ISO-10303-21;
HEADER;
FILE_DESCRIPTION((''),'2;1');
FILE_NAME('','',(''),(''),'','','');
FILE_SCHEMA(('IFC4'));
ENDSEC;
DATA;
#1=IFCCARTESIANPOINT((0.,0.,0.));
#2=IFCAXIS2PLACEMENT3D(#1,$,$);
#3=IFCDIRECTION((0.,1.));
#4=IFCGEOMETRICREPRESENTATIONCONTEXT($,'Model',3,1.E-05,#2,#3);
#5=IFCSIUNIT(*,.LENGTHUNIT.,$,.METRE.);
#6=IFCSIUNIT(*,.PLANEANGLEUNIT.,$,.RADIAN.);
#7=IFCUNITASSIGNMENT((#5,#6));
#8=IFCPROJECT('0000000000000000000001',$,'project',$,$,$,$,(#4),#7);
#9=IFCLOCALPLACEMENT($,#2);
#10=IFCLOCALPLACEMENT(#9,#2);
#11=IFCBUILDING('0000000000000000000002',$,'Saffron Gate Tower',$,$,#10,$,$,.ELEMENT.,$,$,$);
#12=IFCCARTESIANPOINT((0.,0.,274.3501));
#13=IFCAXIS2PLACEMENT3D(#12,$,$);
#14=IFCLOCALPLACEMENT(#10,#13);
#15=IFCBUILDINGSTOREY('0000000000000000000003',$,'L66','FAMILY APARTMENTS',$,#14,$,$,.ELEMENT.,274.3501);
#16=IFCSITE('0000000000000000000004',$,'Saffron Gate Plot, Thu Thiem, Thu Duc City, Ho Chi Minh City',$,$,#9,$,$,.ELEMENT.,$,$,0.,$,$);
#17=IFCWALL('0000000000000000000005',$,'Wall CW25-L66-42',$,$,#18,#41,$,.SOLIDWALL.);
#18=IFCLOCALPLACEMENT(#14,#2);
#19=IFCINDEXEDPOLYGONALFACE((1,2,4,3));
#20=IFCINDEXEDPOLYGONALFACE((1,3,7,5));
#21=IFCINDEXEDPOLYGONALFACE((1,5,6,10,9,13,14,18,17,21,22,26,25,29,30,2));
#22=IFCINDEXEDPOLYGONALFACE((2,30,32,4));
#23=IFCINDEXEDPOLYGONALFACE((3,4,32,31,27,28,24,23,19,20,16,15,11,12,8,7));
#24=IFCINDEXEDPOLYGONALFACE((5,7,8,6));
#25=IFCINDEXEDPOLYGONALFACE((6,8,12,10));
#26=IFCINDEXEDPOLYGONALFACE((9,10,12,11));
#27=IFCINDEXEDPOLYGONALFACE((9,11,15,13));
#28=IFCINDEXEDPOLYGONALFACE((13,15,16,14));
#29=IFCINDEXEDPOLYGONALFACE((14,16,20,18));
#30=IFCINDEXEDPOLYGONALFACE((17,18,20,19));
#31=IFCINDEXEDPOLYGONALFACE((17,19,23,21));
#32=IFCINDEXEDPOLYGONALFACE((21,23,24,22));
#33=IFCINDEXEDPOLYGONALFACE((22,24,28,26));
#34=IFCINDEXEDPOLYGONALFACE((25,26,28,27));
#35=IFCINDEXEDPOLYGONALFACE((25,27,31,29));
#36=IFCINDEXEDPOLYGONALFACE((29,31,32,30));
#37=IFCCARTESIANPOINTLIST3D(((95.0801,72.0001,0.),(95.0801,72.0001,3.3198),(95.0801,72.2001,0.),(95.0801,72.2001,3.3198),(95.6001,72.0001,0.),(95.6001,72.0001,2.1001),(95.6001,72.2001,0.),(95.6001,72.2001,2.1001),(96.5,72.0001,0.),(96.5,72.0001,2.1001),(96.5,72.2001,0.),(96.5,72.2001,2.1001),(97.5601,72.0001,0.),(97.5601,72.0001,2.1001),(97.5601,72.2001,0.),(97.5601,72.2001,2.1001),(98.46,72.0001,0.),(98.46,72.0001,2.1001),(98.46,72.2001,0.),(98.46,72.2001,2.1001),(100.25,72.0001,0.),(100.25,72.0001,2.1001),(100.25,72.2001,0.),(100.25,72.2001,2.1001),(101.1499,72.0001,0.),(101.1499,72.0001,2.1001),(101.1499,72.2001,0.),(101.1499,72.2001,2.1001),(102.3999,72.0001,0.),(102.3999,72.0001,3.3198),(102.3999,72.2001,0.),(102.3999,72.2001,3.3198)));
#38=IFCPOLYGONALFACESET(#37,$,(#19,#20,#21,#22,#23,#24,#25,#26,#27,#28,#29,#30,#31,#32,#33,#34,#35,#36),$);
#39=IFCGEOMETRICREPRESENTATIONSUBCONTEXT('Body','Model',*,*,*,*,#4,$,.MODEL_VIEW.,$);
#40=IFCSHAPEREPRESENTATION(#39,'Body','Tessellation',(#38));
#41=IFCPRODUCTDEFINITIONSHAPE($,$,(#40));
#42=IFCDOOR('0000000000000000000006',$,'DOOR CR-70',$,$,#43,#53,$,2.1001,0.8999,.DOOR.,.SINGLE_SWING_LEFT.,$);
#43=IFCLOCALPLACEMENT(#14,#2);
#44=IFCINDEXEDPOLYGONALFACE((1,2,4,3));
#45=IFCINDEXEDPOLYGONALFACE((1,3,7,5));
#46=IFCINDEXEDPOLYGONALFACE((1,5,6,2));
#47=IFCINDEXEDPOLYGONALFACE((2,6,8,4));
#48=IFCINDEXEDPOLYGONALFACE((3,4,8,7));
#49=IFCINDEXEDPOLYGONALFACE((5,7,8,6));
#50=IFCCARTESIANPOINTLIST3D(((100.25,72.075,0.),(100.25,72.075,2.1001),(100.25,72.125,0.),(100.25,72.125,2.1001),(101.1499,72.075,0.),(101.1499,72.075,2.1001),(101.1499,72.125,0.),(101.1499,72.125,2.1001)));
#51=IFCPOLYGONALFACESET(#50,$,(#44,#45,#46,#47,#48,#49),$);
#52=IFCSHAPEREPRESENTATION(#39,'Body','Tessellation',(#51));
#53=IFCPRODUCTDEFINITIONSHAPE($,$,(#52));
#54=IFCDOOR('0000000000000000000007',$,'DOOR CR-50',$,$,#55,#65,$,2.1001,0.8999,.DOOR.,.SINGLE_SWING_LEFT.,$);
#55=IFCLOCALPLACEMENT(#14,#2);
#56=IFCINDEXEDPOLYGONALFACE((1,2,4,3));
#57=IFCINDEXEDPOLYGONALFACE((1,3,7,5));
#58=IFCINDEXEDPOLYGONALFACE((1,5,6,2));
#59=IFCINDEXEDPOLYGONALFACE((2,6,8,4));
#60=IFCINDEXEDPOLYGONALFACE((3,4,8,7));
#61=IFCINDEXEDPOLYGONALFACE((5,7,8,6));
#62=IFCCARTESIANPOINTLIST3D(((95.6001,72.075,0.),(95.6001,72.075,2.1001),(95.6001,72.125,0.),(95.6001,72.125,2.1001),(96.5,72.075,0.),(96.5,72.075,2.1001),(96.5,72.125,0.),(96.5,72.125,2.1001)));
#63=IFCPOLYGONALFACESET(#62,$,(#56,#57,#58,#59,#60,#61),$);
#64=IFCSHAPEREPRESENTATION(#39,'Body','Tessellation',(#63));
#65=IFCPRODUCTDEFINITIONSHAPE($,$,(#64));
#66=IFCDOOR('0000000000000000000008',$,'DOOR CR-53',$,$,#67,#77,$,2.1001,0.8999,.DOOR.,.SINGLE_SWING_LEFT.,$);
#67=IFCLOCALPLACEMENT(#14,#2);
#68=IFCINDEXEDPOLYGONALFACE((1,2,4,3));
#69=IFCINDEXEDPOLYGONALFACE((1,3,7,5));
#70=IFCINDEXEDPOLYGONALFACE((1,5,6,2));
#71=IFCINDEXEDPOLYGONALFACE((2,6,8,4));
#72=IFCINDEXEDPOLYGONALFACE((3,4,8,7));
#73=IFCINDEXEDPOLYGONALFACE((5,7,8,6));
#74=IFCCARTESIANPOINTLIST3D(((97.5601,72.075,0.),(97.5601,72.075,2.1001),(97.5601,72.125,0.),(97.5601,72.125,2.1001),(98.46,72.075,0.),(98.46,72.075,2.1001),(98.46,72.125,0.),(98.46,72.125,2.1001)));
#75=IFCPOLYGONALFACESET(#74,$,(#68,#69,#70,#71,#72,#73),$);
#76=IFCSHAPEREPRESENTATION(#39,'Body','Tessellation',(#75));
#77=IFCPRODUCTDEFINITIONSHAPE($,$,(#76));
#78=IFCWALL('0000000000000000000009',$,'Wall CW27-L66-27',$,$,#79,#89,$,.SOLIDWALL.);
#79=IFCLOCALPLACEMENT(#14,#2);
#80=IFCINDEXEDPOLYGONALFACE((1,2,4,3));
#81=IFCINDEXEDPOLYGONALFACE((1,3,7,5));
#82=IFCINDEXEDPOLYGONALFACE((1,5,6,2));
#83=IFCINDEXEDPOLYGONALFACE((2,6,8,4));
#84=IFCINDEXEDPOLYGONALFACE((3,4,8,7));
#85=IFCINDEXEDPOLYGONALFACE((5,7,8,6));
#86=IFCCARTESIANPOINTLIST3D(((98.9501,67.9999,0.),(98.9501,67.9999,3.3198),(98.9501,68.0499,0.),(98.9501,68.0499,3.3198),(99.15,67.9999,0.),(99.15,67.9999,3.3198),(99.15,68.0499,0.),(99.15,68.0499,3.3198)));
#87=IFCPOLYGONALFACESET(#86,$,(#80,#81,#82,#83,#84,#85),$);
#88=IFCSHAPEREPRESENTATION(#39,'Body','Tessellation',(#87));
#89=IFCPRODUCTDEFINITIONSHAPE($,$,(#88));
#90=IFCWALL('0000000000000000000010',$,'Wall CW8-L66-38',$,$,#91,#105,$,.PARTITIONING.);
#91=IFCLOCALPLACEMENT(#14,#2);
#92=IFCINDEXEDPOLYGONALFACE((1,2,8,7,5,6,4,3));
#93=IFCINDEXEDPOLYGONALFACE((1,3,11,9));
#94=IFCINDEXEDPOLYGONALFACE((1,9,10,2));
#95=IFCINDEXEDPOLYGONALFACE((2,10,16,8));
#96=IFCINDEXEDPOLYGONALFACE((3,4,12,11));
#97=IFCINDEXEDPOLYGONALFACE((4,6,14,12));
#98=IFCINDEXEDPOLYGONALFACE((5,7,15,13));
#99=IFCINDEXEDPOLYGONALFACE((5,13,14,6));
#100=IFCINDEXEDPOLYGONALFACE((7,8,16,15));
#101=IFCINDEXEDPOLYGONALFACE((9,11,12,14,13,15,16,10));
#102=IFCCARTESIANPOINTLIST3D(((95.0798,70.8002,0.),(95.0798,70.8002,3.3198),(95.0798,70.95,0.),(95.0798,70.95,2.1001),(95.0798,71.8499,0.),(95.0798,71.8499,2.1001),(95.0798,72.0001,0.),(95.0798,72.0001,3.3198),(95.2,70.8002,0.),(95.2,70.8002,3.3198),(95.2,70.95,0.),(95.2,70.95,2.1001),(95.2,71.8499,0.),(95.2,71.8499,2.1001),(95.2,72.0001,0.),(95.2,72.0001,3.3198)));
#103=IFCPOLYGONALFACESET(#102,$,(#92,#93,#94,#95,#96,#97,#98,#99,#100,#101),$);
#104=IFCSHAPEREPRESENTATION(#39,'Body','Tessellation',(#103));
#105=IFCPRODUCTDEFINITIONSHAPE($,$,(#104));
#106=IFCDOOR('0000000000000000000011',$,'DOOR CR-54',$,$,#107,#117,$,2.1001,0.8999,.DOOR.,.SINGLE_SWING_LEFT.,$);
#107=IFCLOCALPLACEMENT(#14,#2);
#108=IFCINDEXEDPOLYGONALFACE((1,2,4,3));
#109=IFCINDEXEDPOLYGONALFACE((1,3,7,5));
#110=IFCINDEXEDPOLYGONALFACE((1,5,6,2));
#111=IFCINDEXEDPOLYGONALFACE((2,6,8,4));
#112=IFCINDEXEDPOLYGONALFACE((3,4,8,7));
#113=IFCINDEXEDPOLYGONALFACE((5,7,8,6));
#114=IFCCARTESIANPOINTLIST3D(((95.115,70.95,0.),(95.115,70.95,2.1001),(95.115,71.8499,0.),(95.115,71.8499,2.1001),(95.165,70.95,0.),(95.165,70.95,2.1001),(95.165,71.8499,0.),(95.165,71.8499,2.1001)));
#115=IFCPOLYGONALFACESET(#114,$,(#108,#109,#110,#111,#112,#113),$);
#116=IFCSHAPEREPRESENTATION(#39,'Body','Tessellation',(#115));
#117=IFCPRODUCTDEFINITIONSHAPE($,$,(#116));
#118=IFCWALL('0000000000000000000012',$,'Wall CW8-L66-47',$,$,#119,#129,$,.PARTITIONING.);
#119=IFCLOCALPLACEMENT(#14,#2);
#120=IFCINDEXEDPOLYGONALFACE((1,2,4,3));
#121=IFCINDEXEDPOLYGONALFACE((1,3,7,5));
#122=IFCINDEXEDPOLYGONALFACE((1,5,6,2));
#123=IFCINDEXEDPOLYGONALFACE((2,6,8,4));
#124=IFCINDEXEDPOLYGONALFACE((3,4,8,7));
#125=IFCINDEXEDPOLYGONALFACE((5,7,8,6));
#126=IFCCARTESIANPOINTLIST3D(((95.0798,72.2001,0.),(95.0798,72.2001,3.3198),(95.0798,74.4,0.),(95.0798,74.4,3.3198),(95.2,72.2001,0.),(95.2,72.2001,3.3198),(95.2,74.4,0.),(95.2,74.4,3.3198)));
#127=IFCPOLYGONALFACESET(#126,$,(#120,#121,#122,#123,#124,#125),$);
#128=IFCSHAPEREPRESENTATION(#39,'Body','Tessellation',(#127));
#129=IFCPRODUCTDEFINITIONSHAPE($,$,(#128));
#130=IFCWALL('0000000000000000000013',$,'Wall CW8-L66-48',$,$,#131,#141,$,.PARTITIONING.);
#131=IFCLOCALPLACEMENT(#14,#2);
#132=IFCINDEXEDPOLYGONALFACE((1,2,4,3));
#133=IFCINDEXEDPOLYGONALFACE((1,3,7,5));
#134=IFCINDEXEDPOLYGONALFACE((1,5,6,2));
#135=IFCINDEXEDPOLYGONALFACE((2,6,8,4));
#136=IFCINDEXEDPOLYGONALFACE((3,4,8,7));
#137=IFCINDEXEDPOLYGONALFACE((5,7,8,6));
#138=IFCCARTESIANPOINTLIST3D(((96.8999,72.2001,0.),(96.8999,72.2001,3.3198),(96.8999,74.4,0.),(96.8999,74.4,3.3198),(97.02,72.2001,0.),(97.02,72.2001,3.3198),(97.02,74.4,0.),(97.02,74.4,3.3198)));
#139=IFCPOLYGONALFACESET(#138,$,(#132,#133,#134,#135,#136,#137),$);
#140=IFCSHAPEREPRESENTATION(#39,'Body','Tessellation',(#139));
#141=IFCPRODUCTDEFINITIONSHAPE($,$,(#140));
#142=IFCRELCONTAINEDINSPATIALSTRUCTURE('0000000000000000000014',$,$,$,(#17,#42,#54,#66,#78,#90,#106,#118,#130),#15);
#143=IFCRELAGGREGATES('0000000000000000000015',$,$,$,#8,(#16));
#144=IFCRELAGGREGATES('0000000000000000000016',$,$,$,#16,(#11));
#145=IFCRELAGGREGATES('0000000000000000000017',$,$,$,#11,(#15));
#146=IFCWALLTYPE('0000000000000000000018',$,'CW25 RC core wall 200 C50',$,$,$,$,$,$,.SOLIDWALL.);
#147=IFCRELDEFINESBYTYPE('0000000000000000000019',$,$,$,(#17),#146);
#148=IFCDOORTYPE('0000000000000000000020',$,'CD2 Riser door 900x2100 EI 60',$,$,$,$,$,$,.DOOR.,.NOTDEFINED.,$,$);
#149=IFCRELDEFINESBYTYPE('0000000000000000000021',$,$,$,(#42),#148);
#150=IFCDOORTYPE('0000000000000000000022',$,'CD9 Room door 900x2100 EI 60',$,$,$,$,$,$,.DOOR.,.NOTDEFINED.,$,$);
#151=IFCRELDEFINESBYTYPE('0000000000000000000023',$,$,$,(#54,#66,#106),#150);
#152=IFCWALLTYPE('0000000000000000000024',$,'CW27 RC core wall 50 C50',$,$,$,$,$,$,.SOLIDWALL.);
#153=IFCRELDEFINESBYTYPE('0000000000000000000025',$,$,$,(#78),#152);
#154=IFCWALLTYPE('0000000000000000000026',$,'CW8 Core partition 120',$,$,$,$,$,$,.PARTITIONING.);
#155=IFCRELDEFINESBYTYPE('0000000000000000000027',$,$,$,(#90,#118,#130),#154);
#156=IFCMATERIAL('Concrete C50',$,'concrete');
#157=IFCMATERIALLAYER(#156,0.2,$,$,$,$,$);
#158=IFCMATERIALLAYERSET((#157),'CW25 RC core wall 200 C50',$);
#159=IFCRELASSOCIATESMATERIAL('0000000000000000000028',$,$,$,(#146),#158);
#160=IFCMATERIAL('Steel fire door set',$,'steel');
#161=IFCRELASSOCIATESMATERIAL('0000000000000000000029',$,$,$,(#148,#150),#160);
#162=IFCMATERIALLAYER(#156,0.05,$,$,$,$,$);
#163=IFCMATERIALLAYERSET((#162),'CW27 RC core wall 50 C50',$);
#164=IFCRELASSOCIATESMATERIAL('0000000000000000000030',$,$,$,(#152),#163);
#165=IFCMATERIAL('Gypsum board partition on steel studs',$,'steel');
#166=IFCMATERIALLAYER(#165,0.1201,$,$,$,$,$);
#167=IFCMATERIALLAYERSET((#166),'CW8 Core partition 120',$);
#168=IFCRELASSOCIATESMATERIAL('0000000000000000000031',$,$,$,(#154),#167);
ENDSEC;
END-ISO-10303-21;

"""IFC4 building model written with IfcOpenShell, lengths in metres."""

from ifc_helpers import new_model, si_unit, direction, frame, frame_2d, origin, place, context, subcontext, project, spatial, rectangle, extrude, material, layer, layer_set, type_object, element, fill, save


model = new_model("IFC4")

# Units and contexts
model_context = context("Model", 3, precision=1e-05, world=origin(), true_north=direction((0.0, 1.0)))
body_context = subcontext(model_context, "Body", "Model", "MODEL_VIEW")
ifc_project = project(units=[si_unit("LENGTHUNIT", "METRE"), si_unit("PLANEANGLEUNIT", "RADIAN")], contexts=[model_context])

# Site, building, storey
site_placement = place(None, origin())
site = spatial("IfcSite", under=ifc_project, at=site_placement, Name="Saffron Gate Plot, Thu Thiem, Thu Duc City, Ho Chi Minh City", CompositionType="ELEMENT", RefElevation=0.0)
building_placement = place(site_placement, origin())
building = spatial("IfcBuilding", under=site, at=building_placement, Name="Saffron Gate Tower", CompositionType="ELEMENT")
storey_placement = place(building_placement, frame((0.0, 0.0, 274.3501)))
storey = spatial("IfcBuildingStorey", under=building, at=storey_placement, Name="L66", Description="FAMILY APARTMENTS", CompositionType="ELEMENT", Elevation=274.3501)

# Shared definitions
ifc_material_1 = material(Name="Concrete C50", Category="concrete")

# Shared definitions
ifc_material_2 = material(Name="Steel fire door set", Category="steel")

# Shared definitions
ifc_layer_1 = layer(ifc_material_1, 0.2)
ifc_layer_set_1 = layer_set([ifc_layer_1], Name="CW25 RC core wall 200 C50")
wall_type_1 = type_object("IfcWallType", Name="CW25 RC core wall 200 C50", PredefinedType="SOLIDWALL", material=ifc_layer_set_1)

# Shared definitions
door_type_1 = type_object("IfcDoorType", Name="CD2 Riser door 900x2100 EI 60", OperationType="NOTDEFINED", PredefinedType="DOOR", material=ifc_material_2)

# Wall, openings, doors
wall_1_placement = place(storey_placement, frame((95.0801, 72.1001, 0.0), z_axis=(0.0, 0.0, 1.0), x_axis=(1.0, 0.0, 0.0)))
wall_1 = element("IfcWall", 1, at=wall_1_placement, inside=storey, type_object=wall_type_1, Name="Wall CW25-L66-42", PredefinedType="SOLIDWALL", context=body_context, shape_type="SweptSolid", body=[
    extrude(rectangle(XDim=7.3198, YDim=0.2, at=frame_2d((3.6599, 0.0))), origin(), (0.0, 0.0, 1.0), 3.3198),
])
opening_1_placement = place(wall_1_placement, frame((0.52, 0.0, 0.0)))
opening_1 = element("IfcOpeningElement", 2, at=opening_1_placement, cuts=wall_1, PredefinedType="OPENING", context=body_context, shape_type="SweptSolid", body=[
    extrude(rectangle(XDim=0.8999, YDim=2.1001, at=frame_2d((0.45, 1.05))), frame((0.0, 0.1099, 0.0), z_axis=(0.0, -1.0, 0.0), x_axis=(1.0, 0.0, 0.0)), (0.0, 0.0, 1.0), 0.22),
])
opening_2_placement = place(wall_1_placement, frame((2.48, 0.0, 0.0)))
opening_2 = element("IfcOpeningElement", 3, at=opening_2_placement, cuts=wall_1, PredefinedType="OPENING", context=body_context, shape_type="SweptSolid", body=[
    extrude(rectangle(XDim=0.8999, YDim=2.1001, at=frame_2d((0.45, 1.05))), frame((0.0, 0.1099, 0.0), z_axis=(0.0, -1.0, 0.0), x_axis=(1.0, 0.0, 0.0)), (0.0, 0.0, 1.0), 0.22),
])
opening_3_placement = place(wall_1_placement, frame((5.1699, 0.0, 0.0)))
opening_3 = element("IfcOpeningElement", 4, at=opening_3_placement, cuts=wall_1, PredefinedType="OPENING", context=body_context, shape_type="SweptSolid", body=[
    extrude(rectangle(XDim=0.8999, YDim=2.1001, at=frame_2d((0.45, 1.05))), frame((0.0, 0.1099, 0.0), z_axis=(0.0, -1.0, 0.0), x_axis=(1.0, 0.0, 0.0)), (0.0, 0.0, 1.0), 0.22),
])
door_1_placement = place(opening_3_placement, origin())
door_1 = element("IfcDoor", 5, at=door_1_placement, inside=storey, type_object=door_type_1, Name="DOOR CR-70", OperationType="SINGLE_SWING_LEFT", OverallHeight=2.1001, OverallWidth=0.8999, PredefinedType="DOOR", context=body_context, shape_type="SweptSolid", body=[
    extrude(rectangle(XDim=0.8999, YDim=2.1001, at=frame_2d((0.45, 1.05))), frame((0.0, 0.0249, 0.0), z_axis=(0.0, -1.0, 0.0), x_axis=(1.0, 0.0, 0.0)), (0.0, 0.0, 1.0), 0.05),
])
fill(opening_3, door_1)
door_type_2 = type_object("IfcDoorType", Name="CD9 Room door 900x2100 EI 60", OperationType="NOTDEFINED", PredefinedType="DOOR", material=ifc_material_2)
door_2_placement = place(opening_1_placement, origin())
door_2 = element("IfcDoor", 6, at=door_2_placement, inside=storey, type_object=door_type_2, Name="DOOR CR-50", OperationType="SINGLE_SWING_LEFT", OverallHeight=2.1001, OverallWidth=0.8999, PredefinedType="DOOR", context=body_context, shape_type="SweptSolid", body=[
    extrude(rectangle(XDim=0.8999, YDim=2.1001, at=frame_2d((0.45, 1.05))), frame((0.0, 0.0249, 0.0), z_axis=(0.0, -1.0, 0.0), x_axis=(1.0, 0.0, 0.0)), (0.0, 0.0, 1.0), 0.05),
])
fill(opening_1, door_2)
door_3_placement = place(opening_2_placement, origin())
door_3 = element("IfcDoor", 7, at=door_3_placement, inside=storey, type_object=door_type_2, Name="DOOR CR-53", OperationType="SINGLE_SWING_LEFT", OverallHeight=2.1001, OverallWidth=0.8999, PredefinedType="DOOR", context=body_context, shape_type="SweptSolid", body=[
    extrude(rectangle(XDim=0.8999, YDim=2.1001, at=frame_2d((0.45, 1.05))), frame((0.0, 0.0249, 0.0), z_axis=(0.0, -1.0, 0.0), x_axis=(1.0, 0.0, 0.0)), (0.0, 0.0, 1.0), 0.05),
])
fill(opening_2, door_3)

# Wall
ifc_layer_2 = layer(ifc_material_1, 0.05)
ifc_layer_set_2 = layer_set([ifc_layer_2], Name="CW27 RC core wall 50 C50")
wall_type_2 = type_object("IfcWallType", Name="CW27 RC core wall 50 C50", PredefinedType="SOLIDWALL", material=ifc_layer_set_2)
wall_2_placement = place(storey_placement, frame((98.95, 68.0249, 0.0), z_axis=(0.0, 0.0, 1.0), x_axis=(1.0, 0.0, 0.0)))
element("IfcWall", 8, at=wall_2_placement, inside=storey, type_object=wall_type_2, Name="Wall CW27-L66-27", PredefinedType="SOLIDWALL", context=body_context, shape_type="SweptSolid", body=[
    extrude(rectangle(XDim=0.2, YDim=0.05, at=frame_2d((0.1001, 0.0))), origin(), (0.0, 0.0, 1.0), 3.3198),
])

# Wall, opening, door
ifc_material_3 = material(Name="Gypsum board partition on steel studs", Category="steel")
ifc_layer_3 = layer(ifc_material_3, 0.1201)
ifc_layer_set_3 = layer_set([ifc_layer_3], Name="CW8 Core partition 120")
wall_type_3 = type_object("IfcWallType", Name="CW8 Core partition 120", PredefinedType="PARTITIONING", material=ifc_layer_set_3)
wall_3_placement = place(storey_placement, frame((95.1399, 70.8, 0.0), z_axis=(0.0, 0.0, 1.0), x_axis=(0.0, 1.0, 0.0)))
wall_3 = element("IfcWall", 9, at=wall_3_placement, inside=storey, type_object=wall_type_3, Name="Wall CW8-L66-38", PredefinedType="PARTITIONING", context=body_context, shape_type="SweptSolid", body=[
    extrude(rectangle(XDim=1.2, YDim=0.1201, at=frame_2d((0.6001, 0.0))), origin(), (0.0, 0.0, 1.0), 3.3198),
])
opening_4_placement = place(wall_3_placement, frame((0.1499, 0.0, 0.0)))
opening_4 = element("IfcOpeningElement", 10, at=opening_4_placement, cuts=wall_3, PredefinedType="OPENING", context=body_context, shape_type="SweptSolid", body=[
    extrude(rectangle(XDim=0.8999, YDim=2.1001, at=frame_2d((0.45, 1.05))), frame((0.0, 0.0701, 0.0), z_axis=(0.0, -1.0, 0.0), x_axis=(1.0, 0.0, 0.0)), (0.0, 0.0, 1.0), 0.1401),
])
door_4_placement = place(opening_4_placement, origin())
door_4 = element("IfcDoor", 11, at=door_4_placement, inside=storey, type_object=door_type_2, Name="DOOR CR-54", OperationType="SINGLE_SWING_LEFT", OverallHeight=2.1001, OverallWidth=0.8999, PredefinedType="DOOR", context=body_context, shape_type="SweptSolid", body=[
    extrude(rectangle(XDim=0.8999, YDim=2.1001, at=frame_2d((0.45, 1.05))), frame((0.0, 0.0249, 0.0), z_axis=(0.0, -1.0, 0.0), x_axis=(1.0, 0.0, 0.0)), (0.0, 0.0, 1.0), 0.05),
])
fill(opening_4, door_4)

# Walls
for number, where, z_axis, x_axis, name in (
    (12, (95.1399, 72.2, 0.0), (0.0, 0.0, 1.0), (0.0, 1.0, 0.0), "Wall CW8-L66-47"),
    (13, (96.96, 72.2, 0.0), (0.0, 0.0, 1.0), (0.0, 1.0, 0.0), "Wall CW8-L66-48"),
):
    element("IfcWall", number, at=place(storey_placement, frame(where, z_axis=z_axis, x_axis=x_axis)), inside=storey, type_object=wall_type_3, Name=name, PredefinedType="PARTITIONING", context=body_context, shape_type="SweptSolid", body=[
        extrude(rectangle(XDim=2.2, YDim=0.1201, at=frame_2d((1.1001, 0.0))), origin(), (0.0, 0.0, 1.0), 3.3198),
    ])

save(model, "model.ifc")
